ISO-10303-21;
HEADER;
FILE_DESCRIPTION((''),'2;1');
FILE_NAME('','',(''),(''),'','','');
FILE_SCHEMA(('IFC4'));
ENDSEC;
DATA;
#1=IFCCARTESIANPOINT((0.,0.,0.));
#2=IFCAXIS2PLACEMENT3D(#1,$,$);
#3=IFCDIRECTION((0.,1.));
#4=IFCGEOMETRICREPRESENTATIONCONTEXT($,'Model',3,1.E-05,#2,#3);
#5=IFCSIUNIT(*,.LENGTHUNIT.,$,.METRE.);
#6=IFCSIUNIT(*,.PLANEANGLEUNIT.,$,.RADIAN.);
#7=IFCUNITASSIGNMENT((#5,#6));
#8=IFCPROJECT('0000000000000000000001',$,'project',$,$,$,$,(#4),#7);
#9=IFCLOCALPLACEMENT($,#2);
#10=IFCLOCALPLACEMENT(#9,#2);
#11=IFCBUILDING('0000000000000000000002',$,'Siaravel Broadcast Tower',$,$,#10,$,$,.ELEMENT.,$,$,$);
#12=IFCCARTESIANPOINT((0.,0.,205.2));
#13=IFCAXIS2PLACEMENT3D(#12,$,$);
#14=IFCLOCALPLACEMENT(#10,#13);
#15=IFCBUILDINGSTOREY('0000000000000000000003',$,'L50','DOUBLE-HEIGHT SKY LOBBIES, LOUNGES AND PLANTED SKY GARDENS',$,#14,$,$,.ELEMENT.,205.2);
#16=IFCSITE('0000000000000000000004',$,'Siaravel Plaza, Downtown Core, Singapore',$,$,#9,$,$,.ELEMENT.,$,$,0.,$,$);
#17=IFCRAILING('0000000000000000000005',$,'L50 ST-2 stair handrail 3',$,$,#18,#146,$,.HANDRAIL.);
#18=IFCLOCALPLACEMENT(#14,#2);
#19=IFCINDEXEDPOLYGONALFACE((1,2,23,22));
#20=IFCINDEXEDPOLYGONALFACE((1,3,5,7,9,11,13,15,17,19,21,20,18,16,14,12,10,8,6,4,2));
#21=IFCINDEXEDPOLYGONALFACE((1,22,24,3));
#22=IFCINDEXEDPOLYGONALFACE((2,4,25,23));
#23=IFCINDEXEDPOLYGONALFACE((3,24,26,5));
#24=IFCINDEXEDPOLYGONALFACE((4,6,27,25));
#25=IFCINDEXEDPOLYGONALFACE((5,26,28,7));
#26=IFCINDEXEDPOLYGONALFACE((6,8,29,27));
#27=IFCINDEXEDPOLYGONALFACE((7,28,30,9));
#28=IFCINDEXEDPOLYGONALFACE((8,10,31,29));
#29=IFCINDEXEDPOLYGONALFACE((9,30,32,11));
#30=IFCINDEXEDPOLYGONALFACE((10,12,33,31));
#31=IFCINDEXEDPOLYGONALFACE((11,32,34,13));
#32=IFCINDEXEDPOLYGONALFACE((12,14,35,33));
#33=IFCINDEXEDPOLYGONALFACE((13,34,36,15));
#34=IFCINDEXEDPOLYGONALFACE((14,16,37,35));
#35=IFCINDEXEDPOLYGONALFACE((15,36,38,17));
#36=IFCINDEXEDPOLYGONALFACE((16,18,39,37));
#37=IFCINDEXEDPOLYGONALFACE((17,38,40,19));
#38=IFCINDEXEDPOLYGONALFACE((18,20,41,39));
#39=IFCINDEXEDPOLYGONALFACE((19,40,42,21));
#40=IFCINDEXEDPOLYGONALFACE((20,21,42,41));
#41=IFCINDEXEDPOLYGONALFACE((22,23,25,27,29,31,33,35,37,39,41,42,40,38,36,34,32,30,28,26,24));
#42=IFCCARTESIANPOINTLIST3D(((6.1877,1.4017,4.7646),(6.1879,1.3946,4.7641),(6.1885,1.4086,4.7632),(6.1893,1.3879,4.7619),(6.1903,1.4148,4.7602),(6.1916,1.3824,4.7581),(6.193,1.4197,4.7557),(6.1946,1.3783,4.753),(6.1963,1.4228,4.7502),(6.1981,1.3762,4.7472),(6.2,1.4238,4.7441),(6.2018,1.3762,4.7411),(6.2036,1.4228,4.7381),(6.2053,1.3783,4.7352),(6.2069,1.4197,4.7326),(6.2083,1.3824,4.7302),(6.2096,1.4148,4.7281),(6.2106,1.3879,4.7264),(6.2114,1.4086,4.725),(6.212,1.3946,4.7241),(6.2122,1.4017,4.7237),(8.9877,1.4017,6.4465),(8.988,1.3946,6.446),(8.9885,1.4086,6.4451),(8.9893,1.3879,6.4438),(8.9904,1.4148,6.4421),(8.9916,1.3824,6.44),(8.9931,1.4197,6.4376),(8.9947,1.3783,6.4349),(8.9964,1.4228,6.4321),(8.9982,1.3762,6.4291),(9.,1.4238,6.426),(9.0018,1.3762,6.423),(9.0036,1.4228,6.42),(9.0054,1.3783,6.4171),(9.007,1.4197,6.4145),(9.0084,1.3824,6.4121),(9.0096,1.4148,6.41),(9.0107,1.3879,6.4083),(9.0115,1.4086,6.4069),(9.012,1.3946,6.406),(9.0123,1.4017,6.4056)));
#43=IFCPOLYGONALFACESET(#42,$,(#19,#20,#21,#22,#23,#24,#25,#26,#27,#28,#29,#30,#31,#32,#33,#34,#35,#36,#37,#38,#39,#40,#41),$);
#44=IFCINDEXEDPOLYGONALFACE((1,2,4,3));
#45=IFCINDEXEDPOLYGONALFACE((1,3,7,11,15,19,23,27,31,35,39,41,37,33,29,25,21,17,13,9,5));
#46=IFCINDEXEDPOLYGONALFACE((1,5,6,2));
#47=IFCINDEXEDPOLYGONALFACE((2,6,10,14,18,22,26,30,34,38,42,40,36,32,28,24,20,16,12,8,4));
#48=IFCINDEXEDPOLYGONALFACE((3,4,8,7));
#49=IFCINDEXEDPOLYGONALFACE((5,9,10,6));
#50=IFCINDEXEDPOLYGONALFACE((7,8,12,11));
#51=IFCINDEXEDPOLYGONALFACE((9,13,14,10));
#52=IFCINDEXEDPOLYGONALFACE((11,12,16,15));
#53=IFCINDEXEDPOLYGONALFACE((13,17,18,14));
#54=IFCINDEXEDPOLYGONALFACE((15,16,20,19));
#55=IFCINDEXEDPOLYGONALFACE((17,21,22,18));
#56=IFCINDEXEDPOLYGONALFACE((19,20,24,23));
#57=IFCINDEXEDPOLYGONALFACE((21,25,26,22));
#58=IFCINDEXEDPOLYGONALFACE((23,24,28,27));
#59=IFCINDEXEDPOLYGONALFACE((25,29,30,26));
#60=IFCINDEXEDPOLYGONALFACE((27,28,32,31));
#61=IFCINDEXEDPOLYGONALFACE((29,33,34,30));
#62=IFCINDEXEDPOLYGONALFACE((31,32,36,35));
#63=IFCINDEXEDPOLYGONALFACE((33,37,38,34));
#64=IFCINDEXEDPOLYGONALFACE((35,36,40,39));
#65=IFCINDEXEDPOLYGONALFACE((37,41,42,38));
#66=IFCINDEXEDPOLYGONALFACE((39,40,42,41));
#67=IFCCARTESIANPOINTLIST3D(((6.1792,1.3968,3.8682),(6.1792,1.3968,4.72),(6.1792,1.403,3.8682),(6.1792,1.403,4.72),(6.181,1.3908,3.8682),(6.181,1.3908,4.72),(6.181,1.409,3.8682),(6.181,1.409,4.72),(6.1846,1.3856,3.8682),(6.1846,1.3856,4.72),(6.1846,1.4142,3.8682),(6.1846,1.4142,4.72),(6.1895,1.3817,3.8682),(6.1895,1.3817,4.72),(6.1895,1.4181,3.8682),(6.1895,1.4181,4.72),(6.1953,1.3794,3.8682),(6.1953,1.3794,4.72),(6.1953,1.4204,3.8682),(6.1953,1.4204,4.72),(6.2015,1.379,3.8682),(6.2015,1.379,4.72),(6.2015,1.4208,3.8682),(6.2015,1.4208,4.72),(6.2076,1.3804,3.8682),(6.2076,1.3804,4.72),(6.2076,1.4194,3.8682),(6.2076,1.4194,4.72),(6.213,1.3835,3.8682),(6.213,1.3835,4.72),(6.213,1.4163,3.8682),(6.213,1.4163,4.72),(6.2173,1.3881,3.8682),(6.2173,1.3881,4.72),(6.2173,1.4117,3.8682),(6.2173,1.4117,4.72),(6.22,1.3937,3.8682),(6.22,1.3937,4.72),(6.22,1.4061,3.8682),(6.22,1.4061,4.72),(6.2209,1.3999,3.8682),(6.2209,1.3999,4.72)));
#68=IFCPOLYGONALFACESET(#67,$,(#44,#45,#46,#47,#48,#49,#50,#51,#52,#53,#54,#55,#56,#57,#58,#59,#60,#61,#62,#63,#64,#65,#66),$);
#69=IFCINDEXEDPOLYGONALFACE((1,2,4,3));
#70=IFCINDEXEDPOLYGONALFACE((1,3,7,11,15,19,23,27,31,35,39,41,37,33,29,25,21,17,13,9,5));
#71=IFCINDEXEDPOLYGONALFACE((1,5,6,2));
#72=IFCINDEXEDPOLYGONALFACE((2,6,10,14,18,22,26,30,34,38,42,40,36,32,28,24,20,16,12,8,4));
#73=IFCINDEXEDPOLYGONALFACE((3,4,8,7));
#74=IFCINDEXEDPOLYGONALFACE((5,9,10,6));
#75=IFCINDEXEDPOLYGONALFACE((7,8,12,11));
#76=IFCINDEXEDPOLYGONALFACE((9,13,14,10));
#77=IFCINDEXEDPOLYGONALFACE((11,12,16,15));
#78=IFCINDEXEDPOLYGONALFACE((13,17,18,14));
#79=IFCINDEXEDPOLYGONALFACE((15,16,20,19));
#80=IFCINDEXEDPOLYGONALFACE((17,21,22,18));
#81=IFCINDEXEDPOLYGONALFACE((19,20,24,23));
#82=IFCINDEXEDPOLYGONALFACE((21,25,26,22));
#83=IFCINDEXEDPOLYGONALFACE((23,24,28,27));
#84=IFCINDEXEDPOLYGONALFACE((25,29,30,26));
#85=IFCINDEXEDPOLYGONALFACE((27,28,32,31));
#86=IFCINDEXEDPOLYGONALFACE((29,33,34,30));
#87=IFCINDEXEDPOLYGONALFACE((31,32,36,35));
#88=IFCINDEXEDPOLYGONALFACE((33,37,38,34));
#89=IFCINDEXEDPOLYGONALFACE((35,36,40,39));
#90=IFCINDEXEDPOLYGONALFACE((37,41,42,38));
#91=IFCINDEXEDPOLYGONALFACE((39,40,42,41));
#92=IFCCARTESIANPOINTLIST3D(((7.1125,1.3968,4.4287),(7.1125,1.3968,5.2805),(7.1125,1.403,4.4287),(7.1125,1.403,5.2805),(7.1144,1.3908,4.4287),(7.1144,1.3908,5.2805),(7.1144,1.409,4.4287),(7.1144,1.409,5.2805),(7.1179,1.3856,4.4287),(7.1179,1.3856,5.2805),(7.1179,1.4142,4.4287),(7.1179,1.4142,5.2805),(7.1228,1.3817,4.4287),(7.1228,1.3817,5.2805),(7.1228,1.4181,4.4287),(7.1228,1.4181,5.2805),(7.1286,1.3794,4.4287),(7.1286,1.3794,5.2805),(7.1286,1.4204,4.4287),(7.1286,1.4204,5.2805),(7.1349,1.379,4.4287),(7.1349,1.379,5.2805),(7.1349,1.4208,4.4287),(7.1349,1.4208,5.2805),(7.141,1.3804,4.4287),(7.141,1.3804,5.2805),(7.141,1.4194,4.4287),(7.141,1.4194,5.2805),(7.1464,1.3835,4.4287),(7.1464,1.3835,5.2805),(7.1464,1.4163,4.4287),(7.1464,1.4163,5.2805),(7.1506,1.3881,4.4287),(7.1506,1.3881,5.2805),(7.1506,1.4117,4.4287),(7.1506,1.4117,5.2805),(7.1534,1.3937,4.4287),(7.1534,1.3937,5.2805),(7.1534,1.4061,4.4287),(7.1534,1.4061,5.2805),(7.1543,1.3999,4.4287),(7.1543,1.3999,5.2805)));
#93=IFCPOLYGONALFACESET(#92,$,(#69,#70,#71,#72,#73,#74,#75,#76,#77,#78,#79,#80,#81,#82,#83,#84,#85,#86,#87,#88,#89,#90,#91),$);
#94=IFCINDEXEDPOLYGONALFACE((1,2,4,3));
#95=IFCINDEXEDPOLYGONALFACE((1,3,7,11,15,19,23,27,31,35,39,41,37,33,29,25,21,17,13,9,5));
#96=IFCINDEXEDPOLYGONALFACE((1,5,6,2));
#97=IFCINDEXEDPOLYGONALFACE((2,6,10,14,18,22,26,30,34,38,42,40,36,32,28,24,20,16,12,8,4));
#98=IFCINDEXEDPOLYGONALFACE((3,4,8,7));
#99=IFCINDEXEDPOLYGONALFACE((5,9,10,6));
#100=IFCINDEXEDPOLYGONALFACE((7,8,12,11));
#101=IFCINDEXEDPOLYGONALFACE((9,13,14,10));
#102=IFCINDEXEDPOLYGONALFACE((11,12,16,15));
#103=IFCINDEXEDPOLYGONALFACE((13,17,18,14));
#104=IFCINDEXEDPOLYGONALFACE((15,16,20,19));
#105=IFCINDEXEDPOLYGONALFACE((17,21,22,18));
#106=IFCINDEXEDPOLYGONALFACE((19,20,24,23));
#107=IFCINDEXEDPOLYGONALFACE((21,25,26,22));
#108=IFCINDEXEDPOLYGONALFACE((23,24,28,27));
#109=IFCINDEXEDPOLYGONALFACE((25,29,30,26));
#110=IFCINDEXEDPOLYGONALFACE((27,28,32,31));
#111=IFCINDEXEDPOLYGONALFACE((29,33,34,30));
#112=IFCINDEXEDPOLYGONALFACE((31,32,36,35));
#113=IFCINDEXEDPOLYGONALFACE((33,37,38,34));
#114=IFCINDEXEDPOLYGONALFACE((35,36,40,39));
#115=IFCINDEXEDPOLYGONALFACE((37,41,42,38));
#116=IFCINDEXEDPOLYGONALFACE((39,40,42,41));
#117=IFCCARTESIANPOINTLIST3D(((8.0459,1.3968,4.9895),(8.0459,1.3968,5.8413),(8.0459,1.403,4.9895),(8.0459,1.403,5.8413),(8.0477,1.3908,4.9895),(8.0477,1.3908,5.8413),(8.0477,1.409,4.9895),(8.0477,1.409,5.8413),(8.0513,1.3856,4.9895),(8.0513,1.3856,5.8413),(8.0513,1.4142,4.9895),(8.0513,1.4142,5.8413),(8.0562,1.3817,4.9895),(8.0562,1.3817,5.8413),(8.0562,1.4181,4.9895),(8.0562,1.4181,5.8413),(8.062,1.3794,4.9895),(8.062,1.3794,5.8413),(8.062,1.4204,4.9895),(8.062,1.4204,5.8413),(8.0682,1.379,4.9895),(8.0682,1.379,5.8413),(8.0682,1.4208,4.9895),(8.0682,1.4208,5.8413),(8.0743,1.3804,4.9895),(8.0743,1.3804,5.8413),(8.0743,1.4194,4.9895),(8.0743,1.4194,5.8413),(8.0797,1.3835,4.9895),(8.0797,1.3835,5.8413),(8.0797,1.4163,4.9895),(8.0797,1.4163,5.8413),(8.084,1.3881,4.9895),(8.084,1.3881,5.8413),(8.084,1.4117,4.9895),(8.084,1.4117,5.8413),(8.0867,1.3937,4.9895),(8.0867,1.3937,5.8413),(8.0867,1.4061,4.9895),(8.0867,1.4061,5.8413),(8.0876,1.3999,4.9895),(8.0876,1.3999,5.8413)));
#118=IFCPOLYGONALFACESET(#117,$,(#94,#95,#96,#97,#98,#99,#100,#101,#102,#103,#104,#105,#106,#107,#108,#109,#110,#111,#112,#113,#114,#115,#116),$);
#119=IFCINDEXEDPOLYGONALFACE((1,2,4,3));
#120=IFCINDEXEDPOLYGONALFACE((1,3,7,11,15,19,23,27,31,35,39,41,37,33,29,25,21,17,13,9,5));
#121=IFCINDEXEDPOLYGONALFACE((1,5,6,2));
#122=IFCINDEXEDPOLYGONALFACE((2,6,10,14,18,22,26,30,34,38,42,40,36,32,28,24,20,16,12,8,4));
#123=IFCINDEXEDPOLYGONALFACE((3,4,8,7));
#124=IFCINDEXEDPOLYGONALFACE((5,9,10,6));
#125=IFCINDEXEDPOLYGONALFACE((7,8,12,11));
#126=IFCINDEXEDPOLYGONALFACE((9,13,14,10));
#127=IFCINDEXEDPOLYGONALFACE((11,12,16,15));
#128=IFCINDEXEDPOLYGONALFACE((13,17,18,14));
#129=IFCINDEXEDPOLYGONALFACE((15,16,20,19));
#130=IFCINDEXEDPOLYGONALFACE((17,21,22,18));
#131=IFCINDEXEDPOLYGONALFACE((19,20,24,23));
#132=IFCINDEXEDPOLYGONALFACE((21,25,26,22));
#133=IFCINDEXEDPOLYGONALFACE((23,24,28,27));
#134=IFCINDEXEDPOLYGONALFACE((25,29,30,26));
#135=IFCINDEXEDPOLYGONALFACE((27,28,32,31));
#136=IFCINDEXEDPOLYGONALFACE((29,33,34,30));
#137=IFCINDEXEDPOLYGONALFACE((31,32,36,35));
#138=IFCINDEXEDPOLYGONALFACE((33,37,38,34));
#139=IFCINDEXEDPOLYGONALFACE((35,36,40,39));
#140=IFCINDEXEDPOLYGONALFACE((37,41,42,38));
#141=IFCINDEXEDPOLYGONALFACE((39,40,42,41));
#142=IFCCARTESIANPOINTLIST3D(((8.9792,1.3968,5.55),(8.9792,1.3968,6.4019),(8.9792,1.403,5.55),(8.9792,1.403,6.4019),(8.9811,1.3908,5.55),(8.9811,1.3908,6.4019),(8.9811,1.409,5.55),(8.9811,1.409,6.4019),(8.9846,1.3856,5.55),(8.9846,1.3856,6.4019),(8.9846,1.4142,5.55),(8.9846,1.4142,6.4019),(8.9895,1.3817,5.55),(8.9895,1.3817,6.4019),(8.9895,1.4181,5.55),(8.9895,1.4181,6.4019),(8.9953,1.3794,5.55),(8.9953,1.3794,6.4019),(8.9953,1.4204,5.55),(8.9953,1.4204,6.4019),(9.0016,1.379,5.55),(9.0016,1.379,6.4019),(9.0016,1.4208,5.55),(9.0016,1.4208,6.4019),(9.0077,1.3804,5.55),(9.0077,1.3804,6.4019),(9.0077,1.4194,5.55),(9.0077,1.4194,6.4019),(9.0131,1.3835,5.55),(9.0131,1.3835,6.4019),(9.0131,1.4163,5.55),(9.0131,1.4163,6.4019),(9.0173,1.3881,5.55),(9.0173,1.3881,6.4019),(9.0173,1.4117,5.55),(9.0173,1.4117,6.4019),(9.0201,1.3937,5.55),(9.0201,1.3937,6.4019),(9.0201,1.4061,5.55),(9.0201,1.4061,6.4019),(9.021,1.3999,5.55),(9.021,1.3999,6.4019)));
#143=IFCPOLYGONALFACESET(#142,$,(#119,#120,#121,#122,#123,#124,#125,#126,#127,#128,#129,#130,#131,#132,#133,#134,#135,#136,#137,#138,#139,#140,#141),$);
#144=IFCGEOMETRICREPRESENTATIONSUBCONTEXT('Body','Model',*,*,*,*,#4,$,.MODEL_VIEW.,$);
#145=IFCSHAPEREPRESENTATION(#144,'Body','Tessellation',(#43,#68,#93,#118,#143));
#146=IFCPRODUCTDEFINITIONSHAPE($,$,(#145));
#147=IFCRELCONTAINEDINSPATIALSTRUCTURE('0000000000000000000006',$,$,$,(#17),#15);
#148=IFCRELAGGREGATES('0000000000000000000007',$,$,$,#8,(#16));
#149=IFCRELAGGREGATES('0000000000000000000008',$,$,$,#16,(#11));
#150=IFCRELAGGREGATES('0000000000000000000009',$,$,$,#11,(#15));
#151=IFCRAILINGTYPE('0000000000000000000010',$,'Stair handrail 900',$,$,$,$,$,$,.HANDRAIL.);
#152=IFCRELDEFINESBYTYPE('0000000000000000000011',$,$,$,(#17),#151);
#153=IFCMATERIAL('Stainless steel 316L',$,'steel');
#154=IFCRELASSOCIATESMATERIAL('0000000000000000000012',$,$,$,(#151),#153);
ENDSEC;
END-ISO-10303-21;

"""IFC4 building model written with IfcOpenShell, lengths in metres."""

from ifc_helpers import new_model, si_unit, direction, frame, origin, origin_2d, place, context, subcontext, project, spatial, circle, extrude, material, type_object, element, save


model = new_model("IFC4")

# Units and contexts
model_context = context("Model", 3, precision=1e-05, world=origin(), true_north=direction((0.0, 1.0)))
body_context = subcontext(model_context, "Body", "Model", "MODEL_VIEW")
ifc_project = project(units=[si_unit("LENGTHUNIT", "METRE"), si_unit("PLANEANGLEUNIT", "RADIAN")], contexts=[model_context])

# Site, building, storey
site_placement = place(None, origin())
site = spatial("IfcSite", under=ifc_project, at=site_placement, Name="Siaravel Plaza, Downtown Core, Singapore", CompositionType="ELEMENT", RefElevation=0.0)
building_placement = place(site_placement, origin())
building = spatial("IfcBuilding", under=site, at=building_placement, Name="Siaravel Broadcast Tower", CompositionType="ELEMENT")
storey_placement = place(building_placement, frame((0.0, 0.0, 205.2)))
storey = spatial("IfcBuildingStorey", under=building, at=storey_placement, Name="L50", Description="DOUBLE-HEIGHT SKY LOBBIES, LOUNGES AND PLANTED SKY GARDENS", CompositionType="ELEMENT", Elevation=205.2)

# Railing
ifc_material_1 = material(Name="Stainless steel 316L", Category="steel")
railing_type_1 = type_object("IfcRailingType", Name="Stair handrail 900", PredefinedType="HANDRAIL", material=ifc_material_1)
railing_1_placement = place(storey_placement, frame((6.2, 1.3999, 3.8682)))
element("IfcRailing", 1, at=railing_1_placement, inside=storey, type_object=railing_type_1, Name="L50 ST-2 stair handrail 3", PredefinedType="HANDRAIL", context=body_context, shape_type="SweptSolid", body=[
    extrude(circle(Radius=0.0239, at=origin_2d()), frame((0.0, 0.0, 0.876), z_axis=(0.857242, 0.0, 0.514913), x_axis=(0.0, 1.0, 0.0)), (0.0, 0.0, 1.0), 3.2664),
    extrude(circle(Radius=0.021, at=origin_2d()), origin(), (0.0, 0.0, 1.0), 0.8518),
    extrude(circle(Radius=0.021, at=origin_2d()), frame((0.9333, 0.0, 0.5605)), (0.0, 0.0, 1.0), 0.8518),
    extrude(circle(Radius=0.021, at=origin_2d()), frame((1.8667, 0.0, 1.1213)), (0.0, 0.0, 1.0), 0.8518),
    extrude(circle(Radius=0.021, at=origin_2d()), frame((2.8, 0.0, 1.6819)), (0.0, 0.0, 1.0), 0.8518),
])

save(model, "model.ifc")
